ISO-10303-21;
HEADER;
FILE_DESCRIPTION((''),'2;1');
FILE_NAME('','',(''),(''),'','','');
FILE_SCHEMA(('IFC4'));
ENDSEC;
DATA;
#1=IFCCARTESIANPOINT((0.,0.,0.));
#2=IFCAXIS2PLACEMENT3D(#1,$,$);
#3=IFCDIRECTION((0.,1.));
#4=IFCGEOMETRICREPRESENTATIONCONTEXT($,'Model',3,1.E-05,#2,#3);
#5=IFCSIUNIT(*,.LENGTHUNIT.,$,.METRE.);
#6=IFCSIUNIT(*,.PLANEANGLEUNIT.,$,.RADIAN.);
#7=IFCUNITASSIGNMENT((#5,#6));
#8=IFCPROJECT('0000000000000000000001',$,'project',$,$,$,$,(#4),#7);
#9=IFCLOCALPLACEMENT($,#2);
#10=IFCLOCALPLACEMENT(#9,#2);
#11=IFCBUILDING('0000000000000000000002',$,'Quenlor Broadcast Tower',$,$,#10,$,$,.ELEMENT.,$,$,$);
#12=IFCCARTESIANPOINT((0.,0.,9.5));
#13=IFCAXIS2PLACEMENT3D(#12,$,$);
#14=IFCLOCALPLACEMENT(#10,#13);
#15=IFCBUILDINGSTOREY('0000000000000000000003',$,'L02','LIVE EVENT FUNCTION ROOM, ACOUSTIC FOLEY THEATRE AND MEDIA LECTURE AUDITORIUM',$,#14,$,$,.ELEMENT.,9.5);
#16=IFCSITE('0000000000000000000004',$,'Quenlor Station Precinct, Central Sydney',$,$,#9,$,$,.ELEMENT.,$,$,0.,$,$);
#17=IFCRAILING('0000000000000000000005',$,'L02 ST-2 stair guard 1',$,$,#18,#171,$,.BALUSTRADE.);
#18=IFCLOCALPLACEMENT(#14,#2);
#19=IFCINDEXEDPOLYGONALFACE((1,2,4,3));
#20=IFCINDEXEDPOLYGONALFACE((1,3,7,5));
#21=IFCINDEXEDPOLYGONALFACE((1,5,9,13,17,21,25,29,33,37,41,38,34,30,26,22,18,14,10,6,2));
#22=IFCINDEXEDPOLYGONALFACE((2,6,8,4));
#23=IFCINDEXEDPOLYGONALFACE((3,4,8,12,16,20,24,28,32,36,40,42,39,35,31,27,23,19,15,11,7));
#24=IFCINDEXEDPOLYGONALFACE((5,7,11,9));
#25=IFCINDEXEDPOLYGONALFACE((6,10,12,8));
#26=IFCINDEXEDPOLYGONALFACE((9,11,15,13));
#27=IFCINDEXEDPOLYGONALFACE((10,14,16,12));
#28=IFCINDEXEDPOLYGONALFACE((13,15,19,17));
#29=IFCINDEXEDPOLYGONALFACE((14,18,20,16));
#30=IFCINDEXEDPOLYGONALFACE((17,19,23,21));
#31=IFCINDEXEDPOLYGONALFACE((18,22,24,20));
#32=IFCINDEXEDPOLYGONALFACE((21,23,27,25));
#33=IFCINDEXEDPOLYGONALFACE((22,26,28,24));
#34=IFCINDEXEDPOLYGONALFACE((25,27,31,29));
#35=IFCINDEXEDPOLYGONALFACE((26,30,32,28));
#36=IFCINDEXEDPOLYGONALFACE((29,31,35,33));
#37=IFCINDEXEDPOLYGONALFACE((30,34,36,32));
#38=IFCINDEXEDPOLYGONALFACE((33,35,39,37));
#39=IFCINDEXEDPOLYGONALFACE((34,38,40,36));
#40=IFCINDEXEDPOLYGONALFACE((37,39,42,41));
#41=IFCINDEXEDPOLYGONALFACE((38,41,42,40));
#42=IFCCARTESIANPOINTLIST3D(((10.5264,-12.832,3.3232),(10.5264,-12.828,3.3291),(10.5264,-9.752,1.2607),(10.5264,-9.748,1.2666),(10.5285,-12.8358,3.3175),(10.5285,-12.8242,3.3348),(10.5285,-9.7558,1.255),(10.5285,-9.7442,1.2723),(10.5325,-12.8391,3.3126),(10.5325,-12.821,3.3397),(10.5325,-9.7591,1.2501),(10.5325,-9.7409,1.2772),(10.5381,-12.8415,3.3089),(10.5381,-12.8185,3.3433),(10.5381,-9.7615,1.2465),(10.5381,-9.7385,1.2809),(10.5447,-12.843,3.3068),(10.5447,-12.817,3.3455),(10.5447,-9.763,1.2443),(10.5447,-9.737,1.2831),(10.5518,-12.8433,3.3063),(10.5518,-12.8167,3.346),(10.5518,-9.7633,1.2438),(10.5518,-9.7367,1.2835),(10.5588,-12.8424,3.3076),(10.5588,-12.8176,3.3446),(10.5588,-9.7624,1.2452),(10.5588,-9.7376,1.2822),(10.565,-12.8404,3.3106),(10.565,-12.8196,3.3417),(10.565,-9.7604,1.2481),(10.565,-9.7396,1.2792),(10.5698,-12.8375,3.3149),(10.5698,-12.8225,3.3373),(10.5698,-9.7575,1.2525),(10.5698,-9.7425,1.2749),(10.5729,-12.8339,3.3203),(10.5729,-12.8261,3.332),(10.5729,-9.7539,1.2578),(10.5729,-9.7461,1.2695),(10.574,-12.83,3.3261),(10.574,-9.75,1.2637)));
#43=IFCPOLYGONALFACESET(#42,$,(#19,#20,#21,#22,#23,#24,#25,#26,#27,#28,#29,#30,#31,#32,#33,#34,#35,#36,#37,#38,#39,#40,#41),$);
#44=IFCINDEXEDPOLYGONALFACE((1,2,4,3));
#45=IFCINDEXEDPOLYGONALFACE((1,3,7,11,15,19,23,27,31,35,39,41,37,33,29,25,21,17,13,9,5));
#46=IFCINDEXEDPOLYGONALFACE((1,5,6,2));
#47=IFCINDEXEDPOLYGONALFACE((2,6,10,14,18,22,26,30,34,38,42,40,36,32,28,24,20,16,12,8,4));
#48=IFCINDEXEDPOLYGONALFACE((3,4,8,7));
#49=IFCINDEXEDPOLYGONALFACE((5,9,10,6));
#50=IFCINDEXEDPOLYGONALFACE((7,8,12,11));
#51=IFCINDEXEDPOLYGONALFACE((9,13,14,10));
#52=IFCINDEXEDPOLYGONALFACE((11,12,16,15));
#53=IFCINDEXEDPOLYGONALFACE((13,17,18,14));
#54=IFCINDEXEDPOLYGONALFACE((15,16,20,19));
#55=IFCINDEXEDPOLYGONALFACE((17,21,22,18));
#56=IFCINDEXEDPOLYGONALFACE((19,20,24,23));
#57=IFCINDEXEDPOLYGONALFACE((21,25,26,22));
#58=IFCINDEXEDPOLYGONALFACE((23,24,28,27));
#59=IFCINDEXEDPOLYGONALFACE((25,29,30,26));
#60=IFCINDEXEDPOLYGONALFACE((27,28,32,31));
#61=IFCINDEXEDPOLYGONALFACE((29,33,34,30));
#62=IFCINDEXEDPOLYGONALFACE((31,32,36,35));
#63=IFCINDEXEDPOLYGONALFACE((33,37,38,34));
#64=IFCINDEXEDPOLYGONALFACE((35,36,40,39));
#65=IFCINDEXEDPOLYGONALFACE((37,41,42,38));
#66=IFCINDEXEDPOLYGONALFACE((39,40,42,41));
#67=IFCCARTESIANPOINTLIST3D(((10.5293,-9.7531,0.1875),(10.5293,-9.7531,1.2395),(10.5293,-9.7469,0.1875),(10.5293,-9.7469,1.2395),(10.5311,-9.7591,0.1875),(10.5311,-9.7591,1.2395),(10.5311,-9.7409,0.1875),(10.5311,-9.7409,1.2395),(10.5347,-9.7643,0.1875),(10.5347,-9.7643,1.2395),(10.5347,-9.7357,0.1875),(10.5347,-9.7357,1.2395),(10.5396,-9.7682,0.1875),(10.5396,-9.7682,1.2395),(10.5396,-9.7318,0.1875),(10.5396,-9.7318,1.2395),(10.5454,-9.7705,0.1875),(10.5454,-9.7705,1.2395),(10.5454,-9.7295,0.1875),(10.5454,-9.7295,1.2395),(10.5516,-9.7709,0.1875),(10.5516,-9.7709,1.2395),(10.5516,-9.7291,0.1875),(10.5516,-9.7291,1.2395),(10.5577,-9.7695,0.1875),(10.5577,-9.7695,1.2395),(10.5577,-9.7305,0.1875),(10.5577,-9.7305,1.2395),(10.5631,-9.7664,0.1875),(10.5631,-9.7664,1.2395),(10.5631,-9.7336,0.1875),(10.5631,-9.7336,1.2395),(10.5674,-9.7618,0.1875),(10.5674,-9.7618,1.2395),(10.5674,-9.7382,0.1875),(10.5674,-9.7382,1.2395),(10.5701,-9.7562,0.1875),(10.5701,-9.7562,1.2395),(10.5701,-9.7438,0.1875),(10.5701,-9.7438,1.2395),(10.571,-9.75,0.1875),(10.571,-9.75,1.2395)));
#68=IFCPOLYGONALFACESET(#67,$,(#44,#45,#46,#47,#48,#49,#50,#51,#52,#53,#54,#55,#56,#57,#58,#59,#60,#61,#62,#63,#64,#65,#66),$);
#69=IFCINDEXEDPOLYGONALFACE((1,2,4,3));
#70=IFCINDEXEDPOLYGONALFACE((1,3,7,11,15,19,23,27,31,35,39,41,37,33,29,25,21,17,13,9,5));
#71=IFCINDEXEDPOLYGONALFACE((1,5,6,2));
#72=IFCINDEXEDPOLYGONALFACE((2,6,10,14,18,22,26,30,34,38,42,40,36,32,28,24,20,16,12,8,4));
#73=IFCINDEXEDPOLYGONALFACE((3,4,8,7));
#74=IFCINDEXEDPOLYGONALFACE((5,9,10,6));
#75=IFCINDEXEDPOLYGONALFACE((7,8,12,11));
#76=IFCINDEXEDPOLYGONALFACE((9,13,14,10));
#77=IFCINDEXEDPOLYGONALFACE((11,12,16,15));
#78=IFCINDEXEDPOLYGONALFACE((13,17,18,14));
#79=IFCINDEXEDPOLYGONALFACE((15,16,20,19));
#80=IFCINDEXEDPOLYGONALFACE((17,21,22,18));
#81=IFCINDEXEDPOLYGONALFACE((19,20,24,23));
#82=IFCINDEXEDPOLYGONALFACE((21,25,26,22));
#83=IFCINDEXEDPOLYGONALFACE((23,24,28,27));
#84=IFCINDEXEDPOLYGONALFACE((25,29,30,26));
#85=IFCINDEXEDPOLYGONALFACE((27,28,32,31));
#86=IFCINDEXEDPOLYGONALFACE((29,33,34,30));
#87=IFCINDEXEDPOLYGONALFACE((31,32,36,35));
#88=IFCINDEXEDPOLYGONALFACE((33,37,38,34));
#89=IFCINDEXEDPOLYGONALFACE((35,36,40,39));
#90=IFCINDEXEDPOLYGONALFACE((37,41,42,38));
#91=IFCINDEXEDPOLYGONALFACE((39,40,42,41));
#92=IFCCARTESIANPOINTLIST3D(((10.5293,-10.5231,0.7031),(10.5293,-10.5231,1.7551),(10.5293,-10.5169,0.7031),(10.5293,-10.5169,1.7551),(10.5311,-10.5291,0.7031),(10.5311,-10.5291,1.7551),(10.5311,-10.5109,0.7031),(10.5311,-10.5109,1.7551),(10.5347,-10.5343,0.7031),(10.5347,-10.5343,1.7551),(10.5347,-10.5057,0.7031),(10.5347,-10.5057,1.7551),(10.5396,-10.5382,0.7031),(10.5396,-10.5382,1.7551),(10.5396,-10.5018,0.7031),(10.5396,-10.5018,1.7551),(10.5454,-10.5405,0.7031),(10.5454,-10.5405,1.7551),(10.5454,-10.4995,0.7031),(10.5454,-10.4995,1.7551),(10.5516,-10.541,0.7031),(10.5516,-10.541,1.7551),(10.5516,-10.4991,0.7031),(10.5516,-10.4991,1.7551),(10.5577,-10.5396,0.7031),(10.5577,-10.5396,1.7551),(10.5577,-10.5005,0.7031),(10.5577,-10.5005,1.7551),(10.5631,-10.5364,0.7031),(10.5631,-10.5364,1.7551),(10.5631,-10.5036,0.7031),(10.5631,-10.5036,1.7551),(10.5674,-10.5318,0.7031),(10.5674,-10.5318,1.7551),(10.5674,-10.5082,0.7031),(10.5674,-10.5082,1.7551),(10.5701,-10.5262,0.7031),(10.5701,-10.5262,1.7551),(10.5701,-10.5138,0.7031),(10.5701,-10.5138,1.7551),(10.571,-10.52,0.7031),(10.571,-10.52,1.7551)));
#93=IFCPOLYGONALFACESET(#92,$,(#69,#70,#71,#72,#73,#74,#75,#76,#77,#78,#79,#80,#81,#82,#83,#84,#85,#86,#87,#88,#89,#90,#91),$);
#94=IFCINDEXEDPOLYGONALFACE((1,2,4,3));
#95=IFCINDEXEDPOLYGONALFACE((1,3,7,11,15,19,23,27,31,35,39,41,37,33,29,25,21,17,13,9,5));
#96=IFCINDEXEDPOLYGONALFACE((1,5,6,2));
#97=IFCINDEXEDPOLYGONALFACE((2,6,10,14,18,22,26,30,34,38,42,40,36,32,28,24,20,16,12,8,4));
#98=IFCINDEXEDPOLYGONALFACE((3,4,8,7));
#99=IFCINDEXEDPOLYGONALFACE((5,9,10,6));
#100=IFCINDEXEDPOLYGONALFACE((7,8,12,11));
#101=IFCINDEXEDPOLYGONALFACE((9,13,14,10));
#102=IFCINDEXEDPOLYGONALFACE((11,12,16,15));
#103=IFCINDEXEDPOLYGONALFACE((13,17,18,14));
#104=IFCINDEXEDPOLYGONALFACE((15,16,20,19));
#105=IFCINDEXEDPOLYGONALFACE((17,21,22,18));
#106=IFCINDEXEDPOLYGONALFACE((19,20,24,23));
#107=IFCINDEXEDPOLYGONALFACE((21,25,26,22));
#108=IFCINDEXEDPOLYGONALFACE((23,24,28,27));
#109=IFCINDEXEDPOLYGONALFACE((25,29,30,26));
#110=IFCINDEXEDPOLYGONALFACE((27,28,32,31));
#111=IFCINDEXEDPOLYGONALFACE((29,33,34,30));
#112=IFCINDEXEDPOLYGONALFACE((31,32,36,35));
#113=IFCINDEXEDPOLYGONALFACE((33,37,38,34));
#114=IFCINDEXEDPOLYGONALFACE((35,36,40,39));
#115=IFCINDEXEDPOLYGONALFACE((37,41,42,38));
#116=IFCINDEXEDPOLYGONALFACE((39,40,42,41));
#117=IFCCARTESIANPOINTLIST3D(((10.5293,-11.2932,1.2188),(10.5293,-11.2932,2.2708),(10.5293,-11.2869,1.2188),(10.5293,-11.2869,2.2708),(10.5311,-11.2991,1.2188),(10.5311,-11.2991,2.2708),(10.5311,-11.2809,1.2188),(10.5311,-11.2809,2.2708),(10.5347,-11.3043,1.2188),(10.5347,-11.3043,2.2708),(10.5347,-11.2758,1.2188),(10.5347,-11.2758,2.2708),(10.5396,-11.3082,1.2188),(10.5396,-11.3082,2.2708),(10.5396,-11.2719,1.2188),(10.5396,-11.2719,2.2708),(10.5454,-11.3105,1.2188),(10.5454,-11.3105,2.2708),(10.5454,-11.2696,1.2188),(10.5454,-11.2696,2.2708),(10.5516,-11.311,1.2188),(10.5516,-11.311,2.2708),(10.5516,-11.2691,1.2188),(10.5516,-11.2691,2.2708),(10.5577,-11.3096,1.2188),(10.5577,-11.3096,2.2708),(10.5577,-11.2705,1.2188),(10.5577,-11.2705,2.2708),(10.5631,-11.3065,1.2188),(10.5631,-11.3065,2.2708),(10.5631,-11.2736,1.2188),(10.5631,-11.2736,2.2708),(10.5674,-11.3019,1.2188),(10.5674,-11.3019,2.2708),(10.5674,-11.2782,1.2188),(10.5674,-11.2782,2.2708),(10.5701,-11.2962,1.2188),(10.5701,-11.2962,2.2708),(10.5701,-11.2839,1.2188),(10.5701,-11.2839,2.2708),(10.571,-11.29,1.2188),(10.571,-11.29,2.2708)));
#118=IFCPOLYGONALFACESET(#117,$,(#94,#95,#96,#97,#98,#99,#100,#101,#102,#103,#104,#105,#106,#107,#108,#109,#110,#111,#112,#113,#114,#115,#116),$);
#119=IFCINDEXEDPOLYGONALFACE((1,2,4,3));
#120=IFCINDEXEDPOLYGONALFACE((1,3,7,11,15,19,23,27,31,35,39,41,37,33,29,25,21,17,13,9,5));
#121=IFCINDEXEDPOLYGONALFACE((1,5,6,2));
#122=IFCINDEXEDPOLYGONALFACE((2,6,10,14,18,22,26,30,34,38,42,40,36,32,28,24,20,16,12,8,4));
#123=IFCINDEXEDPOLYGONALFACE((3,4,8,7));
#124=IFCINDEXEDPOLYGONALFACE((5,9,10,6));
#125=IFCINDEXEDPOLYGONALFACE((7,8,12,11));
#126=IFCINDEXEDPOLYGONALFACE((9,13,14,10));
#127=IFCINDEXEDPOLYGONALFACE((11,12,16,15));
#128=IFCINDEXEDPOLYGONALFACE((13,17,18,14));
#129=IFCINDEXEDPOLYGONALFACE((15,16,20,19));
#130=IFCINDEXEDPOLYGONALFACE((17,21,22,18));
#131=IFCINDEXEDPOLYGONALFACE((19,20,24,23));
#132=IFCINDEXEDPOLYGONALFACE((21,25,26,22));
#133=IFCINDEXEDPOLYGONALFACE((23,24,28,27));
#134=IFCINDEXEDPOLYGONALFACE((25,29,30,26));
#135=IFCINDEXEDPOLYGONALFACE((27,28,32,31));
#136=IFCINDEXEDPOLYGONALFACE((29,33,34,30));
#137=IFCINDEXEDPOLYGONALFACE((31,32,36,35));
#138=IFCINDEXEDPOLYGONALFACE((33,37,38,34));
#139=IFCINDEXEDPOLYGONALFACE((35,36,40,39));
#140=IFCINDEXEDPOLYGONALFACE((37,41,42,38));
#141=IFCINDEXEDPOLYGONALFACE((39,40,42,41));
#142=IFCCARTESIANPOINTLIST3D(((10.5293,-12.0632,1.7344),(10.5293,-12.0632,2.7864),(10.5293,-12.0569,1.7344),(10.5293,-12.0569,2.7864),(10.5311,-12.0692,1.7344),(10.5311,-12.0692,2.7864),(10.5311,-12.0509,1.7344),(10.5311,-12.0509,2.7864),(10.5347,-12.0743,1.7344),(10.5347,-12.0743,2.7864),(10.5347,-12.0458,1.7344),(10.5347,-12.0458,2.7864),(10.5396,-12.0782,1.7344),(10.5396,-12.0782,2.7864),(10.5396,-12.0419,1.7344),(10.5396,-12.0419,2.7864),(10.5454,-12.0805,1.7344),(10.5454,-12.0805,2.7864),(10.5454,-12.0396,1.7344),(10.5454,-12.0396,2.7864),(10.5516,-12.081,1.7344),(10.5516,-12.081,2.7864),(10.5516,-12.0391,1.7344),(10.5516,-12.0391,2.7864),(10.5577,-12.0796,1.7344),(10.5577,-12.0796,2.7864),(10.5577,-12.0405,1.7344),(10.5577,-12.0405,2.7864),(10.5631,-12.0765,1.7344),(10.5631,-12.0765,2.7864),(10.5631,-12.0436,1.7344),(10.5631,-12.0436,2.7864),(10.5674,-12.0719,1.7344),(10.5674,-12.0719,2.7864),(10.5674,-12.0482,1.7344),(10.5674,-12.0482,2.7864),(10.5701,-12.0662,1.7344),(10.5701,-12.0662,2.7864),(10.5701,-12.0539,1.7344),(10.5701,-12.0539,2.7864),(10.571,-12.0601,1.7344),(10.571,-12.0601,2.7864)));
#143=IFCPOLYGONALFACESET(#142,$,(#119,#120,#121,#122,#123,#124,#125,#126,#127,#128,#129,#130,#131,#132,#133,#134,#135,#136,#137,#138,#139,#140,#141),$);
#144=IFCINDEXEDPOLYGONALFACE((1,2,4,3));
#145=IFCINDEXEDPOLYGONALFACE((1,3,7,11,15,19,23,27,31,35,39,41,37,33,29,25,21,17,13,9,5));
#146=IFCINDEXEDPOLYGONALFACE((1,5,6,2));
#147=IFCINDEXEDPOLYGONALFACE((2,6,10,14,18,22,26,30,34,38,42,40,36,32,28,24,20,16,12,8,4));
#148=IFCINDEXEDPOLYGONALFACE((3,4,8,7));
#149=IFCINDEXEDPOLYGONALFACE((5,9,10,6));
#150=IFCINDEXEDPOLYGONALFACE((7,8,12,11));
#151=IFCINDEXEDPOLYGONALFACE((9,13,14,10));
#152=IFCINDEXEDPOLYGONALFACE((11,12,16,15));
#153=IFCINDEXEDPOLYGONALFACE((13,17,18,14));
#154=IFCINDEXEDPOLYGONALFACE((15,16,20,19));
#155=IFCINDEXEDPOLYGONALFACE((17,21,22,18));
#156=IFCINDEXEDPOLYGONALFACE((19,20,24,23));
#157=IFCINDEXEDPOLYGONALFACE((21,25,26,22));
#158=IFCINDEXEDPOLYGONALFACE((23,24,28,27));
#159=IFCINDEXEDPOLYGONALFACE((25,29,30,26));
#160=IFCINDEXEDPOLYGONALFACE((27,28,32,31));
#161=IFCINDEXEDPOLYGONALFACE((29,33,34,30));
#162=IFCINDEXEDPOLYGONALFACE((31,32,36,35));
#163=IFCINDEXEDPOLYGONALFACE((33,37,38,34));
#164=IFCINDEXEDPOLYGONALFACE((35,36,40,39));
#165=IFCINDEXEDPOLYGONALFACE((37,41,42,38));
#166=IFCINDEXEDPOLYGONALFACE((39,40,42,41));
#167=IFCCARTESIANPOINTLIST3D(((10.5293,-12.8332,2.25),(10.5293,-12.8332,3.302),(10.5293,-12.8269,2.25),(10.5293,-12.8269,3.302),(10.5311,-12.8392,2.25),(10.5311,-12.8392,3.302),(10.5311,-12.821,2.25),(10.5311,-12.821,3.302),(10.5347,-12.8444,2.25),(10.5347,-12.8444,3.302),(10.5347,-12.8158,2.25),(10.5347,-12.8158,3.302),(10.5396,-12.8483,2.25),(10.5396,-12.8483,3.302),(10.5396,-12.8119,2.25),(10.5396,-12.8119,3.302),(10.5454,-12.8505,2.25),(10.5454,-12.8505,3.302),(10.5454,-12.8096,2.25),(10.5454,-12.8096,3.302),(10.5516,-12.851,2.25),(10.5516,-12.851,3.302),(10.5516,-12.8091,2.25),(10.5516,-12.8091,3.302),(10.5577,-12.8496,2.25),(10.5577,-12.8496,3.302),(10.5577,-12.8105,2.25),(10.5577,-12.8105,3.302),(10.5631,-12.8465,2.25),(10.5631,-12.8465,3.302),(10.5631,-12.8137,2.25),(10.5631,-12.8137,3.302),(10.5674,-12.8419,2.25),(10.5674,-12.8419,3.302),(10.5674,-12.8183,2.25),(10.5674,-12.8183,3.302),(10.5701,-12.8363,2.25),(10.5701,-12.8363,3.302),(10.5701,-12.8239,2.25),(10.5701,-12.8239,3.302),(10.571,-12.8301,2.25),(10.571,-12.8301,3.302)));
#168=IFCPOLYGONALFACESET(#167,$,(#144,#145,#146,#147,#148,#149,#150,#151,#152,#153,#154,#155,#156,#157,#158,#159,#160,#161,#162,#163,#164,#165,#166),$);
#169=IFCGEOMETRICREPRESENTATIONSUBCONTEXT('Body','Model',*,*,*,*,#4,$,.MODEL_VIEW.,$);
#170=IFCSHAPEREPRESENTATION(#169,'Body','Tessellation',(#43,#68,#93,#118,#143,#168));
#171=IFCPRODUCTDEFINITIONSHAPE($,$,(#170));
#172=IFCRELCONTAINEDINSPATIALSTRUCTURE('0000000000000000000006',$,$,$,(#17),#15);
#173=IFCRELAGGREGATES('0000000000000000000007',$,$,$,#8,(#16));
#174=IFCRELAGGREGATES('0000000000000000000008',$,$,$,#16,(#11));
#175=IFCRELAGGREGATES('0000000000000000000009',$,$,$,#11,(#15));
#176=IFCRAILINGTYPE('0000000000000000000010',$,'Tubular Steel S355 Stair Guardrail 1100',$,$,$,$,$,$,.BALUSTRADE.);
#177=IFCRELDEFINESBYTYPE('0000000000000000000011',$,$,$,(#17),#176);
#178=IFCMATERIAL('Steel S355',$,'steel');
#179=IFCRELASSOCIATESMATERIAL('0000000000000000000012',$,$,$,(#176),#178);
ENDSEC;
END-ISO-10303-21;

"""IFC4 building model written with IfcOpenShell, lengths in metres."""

from ifc_helpers import new_model, si_unit, direction, frame, origin, origin_2d, place, context, subcontext, project, spatial, circle, extrude, material, type_object, element, save


model = new_model("IFC4")

# Units and contexts
model_context = context("Model", 3, precision=1e-05, world=origin(), true_north=direction((0.0, 1.0)))
body_context = subcontext(model_context, "Body", "Model", "MODEL_VIEW")
ifc_project = project(units=[si_unit("LENGTHUNIT", "METRE"), si_unit("PLANEANGLEUNIT", "RADIAN")], contexts=[model_context])

# Site, building, storey
site_placement = place(None, origin())
site = spatial("IfcSite", under=ifc_project, at=site_placement, Name="Quenlor Station Precinct, Central Sydney", CompositionType="ELEMENT", RefElevation=0.0)
building_placement = place(site_placement, origin())
building = spatial("IfcBuilding", under=site, at=building_placement, Name="Quenlor Broadcast Tower", CompositionType="ELEMENT")
storey_placement = place(building_placement, frame((0.0, 0.0, 9.5)))
storey = spatial("IfcBuildingStorey", under=building, at=storey_placement, Name="L02", Description="LIVE EVENT FUNCTION ROOM, ACOUSTIC FOLEY THEATRE AND MEDIA LECTURE AUDITORIUM", CompositionType="ELEMENT", Elevation=9.5)

# Railing
ifc_material_1 = material(Name="Steel S355", Category="steel")
railing_type_1 = type_object("IfcRailingType", Name="Tubular Steel S355 Stair Guardrail 1100", PredefinedType="BALUSTRADE", material=ifc_material_1)
railing_1_placement = place(storey_placement, frame((10.55, -9.75, 0.1875)))
element("IfcRailing", 1, at=railing_1_placement, inside=storey, type_object=railing_type_1, Name="L02 ST-2 stair guard 1", PredefinedType="BALUSTRADE", context=body_context, shape_type="SweptSolid", body=[
    extrude(circle(Radius=0.0239, at=origin_2d()), frame((0.0, 0.0, 1.0762), z_axis=(0.0, -0.830914, 0.556401), x_axis=(1.0, 0.0, 0.0)), (0.0, 0.0, 1.0), 3.7068),
    extrude(circle(Radius=0.021, at=origin_2d()), origin(), (0.0, 0.0, 1.0), 1.052),
    extrude(circle(Radius=0.021, at=origin_2d()), frame((0.0, -0.77, 0.5156)), (0.0, 0.0, 1.0), 1.052),
    extrude(circle(Radius=0.021, at=origin_2d()), frame((0.0, -1.54, 1.0312)), (0.0, 0.0, 1.0), 1.052),
    extrude(circle(Radius=0.021, at=origin_2d()), frame((0.0, -2.3101, 1.5469)), (0.0, 0.0, 1.0), 1.052),
    extrude(circle(Radius=0.021, at=origin_2d()), frame((0.0, -3.0801, 2.0625)), (0.0, 0.0, 1.0), 1.052),
])

save(model, "model.ifc")
